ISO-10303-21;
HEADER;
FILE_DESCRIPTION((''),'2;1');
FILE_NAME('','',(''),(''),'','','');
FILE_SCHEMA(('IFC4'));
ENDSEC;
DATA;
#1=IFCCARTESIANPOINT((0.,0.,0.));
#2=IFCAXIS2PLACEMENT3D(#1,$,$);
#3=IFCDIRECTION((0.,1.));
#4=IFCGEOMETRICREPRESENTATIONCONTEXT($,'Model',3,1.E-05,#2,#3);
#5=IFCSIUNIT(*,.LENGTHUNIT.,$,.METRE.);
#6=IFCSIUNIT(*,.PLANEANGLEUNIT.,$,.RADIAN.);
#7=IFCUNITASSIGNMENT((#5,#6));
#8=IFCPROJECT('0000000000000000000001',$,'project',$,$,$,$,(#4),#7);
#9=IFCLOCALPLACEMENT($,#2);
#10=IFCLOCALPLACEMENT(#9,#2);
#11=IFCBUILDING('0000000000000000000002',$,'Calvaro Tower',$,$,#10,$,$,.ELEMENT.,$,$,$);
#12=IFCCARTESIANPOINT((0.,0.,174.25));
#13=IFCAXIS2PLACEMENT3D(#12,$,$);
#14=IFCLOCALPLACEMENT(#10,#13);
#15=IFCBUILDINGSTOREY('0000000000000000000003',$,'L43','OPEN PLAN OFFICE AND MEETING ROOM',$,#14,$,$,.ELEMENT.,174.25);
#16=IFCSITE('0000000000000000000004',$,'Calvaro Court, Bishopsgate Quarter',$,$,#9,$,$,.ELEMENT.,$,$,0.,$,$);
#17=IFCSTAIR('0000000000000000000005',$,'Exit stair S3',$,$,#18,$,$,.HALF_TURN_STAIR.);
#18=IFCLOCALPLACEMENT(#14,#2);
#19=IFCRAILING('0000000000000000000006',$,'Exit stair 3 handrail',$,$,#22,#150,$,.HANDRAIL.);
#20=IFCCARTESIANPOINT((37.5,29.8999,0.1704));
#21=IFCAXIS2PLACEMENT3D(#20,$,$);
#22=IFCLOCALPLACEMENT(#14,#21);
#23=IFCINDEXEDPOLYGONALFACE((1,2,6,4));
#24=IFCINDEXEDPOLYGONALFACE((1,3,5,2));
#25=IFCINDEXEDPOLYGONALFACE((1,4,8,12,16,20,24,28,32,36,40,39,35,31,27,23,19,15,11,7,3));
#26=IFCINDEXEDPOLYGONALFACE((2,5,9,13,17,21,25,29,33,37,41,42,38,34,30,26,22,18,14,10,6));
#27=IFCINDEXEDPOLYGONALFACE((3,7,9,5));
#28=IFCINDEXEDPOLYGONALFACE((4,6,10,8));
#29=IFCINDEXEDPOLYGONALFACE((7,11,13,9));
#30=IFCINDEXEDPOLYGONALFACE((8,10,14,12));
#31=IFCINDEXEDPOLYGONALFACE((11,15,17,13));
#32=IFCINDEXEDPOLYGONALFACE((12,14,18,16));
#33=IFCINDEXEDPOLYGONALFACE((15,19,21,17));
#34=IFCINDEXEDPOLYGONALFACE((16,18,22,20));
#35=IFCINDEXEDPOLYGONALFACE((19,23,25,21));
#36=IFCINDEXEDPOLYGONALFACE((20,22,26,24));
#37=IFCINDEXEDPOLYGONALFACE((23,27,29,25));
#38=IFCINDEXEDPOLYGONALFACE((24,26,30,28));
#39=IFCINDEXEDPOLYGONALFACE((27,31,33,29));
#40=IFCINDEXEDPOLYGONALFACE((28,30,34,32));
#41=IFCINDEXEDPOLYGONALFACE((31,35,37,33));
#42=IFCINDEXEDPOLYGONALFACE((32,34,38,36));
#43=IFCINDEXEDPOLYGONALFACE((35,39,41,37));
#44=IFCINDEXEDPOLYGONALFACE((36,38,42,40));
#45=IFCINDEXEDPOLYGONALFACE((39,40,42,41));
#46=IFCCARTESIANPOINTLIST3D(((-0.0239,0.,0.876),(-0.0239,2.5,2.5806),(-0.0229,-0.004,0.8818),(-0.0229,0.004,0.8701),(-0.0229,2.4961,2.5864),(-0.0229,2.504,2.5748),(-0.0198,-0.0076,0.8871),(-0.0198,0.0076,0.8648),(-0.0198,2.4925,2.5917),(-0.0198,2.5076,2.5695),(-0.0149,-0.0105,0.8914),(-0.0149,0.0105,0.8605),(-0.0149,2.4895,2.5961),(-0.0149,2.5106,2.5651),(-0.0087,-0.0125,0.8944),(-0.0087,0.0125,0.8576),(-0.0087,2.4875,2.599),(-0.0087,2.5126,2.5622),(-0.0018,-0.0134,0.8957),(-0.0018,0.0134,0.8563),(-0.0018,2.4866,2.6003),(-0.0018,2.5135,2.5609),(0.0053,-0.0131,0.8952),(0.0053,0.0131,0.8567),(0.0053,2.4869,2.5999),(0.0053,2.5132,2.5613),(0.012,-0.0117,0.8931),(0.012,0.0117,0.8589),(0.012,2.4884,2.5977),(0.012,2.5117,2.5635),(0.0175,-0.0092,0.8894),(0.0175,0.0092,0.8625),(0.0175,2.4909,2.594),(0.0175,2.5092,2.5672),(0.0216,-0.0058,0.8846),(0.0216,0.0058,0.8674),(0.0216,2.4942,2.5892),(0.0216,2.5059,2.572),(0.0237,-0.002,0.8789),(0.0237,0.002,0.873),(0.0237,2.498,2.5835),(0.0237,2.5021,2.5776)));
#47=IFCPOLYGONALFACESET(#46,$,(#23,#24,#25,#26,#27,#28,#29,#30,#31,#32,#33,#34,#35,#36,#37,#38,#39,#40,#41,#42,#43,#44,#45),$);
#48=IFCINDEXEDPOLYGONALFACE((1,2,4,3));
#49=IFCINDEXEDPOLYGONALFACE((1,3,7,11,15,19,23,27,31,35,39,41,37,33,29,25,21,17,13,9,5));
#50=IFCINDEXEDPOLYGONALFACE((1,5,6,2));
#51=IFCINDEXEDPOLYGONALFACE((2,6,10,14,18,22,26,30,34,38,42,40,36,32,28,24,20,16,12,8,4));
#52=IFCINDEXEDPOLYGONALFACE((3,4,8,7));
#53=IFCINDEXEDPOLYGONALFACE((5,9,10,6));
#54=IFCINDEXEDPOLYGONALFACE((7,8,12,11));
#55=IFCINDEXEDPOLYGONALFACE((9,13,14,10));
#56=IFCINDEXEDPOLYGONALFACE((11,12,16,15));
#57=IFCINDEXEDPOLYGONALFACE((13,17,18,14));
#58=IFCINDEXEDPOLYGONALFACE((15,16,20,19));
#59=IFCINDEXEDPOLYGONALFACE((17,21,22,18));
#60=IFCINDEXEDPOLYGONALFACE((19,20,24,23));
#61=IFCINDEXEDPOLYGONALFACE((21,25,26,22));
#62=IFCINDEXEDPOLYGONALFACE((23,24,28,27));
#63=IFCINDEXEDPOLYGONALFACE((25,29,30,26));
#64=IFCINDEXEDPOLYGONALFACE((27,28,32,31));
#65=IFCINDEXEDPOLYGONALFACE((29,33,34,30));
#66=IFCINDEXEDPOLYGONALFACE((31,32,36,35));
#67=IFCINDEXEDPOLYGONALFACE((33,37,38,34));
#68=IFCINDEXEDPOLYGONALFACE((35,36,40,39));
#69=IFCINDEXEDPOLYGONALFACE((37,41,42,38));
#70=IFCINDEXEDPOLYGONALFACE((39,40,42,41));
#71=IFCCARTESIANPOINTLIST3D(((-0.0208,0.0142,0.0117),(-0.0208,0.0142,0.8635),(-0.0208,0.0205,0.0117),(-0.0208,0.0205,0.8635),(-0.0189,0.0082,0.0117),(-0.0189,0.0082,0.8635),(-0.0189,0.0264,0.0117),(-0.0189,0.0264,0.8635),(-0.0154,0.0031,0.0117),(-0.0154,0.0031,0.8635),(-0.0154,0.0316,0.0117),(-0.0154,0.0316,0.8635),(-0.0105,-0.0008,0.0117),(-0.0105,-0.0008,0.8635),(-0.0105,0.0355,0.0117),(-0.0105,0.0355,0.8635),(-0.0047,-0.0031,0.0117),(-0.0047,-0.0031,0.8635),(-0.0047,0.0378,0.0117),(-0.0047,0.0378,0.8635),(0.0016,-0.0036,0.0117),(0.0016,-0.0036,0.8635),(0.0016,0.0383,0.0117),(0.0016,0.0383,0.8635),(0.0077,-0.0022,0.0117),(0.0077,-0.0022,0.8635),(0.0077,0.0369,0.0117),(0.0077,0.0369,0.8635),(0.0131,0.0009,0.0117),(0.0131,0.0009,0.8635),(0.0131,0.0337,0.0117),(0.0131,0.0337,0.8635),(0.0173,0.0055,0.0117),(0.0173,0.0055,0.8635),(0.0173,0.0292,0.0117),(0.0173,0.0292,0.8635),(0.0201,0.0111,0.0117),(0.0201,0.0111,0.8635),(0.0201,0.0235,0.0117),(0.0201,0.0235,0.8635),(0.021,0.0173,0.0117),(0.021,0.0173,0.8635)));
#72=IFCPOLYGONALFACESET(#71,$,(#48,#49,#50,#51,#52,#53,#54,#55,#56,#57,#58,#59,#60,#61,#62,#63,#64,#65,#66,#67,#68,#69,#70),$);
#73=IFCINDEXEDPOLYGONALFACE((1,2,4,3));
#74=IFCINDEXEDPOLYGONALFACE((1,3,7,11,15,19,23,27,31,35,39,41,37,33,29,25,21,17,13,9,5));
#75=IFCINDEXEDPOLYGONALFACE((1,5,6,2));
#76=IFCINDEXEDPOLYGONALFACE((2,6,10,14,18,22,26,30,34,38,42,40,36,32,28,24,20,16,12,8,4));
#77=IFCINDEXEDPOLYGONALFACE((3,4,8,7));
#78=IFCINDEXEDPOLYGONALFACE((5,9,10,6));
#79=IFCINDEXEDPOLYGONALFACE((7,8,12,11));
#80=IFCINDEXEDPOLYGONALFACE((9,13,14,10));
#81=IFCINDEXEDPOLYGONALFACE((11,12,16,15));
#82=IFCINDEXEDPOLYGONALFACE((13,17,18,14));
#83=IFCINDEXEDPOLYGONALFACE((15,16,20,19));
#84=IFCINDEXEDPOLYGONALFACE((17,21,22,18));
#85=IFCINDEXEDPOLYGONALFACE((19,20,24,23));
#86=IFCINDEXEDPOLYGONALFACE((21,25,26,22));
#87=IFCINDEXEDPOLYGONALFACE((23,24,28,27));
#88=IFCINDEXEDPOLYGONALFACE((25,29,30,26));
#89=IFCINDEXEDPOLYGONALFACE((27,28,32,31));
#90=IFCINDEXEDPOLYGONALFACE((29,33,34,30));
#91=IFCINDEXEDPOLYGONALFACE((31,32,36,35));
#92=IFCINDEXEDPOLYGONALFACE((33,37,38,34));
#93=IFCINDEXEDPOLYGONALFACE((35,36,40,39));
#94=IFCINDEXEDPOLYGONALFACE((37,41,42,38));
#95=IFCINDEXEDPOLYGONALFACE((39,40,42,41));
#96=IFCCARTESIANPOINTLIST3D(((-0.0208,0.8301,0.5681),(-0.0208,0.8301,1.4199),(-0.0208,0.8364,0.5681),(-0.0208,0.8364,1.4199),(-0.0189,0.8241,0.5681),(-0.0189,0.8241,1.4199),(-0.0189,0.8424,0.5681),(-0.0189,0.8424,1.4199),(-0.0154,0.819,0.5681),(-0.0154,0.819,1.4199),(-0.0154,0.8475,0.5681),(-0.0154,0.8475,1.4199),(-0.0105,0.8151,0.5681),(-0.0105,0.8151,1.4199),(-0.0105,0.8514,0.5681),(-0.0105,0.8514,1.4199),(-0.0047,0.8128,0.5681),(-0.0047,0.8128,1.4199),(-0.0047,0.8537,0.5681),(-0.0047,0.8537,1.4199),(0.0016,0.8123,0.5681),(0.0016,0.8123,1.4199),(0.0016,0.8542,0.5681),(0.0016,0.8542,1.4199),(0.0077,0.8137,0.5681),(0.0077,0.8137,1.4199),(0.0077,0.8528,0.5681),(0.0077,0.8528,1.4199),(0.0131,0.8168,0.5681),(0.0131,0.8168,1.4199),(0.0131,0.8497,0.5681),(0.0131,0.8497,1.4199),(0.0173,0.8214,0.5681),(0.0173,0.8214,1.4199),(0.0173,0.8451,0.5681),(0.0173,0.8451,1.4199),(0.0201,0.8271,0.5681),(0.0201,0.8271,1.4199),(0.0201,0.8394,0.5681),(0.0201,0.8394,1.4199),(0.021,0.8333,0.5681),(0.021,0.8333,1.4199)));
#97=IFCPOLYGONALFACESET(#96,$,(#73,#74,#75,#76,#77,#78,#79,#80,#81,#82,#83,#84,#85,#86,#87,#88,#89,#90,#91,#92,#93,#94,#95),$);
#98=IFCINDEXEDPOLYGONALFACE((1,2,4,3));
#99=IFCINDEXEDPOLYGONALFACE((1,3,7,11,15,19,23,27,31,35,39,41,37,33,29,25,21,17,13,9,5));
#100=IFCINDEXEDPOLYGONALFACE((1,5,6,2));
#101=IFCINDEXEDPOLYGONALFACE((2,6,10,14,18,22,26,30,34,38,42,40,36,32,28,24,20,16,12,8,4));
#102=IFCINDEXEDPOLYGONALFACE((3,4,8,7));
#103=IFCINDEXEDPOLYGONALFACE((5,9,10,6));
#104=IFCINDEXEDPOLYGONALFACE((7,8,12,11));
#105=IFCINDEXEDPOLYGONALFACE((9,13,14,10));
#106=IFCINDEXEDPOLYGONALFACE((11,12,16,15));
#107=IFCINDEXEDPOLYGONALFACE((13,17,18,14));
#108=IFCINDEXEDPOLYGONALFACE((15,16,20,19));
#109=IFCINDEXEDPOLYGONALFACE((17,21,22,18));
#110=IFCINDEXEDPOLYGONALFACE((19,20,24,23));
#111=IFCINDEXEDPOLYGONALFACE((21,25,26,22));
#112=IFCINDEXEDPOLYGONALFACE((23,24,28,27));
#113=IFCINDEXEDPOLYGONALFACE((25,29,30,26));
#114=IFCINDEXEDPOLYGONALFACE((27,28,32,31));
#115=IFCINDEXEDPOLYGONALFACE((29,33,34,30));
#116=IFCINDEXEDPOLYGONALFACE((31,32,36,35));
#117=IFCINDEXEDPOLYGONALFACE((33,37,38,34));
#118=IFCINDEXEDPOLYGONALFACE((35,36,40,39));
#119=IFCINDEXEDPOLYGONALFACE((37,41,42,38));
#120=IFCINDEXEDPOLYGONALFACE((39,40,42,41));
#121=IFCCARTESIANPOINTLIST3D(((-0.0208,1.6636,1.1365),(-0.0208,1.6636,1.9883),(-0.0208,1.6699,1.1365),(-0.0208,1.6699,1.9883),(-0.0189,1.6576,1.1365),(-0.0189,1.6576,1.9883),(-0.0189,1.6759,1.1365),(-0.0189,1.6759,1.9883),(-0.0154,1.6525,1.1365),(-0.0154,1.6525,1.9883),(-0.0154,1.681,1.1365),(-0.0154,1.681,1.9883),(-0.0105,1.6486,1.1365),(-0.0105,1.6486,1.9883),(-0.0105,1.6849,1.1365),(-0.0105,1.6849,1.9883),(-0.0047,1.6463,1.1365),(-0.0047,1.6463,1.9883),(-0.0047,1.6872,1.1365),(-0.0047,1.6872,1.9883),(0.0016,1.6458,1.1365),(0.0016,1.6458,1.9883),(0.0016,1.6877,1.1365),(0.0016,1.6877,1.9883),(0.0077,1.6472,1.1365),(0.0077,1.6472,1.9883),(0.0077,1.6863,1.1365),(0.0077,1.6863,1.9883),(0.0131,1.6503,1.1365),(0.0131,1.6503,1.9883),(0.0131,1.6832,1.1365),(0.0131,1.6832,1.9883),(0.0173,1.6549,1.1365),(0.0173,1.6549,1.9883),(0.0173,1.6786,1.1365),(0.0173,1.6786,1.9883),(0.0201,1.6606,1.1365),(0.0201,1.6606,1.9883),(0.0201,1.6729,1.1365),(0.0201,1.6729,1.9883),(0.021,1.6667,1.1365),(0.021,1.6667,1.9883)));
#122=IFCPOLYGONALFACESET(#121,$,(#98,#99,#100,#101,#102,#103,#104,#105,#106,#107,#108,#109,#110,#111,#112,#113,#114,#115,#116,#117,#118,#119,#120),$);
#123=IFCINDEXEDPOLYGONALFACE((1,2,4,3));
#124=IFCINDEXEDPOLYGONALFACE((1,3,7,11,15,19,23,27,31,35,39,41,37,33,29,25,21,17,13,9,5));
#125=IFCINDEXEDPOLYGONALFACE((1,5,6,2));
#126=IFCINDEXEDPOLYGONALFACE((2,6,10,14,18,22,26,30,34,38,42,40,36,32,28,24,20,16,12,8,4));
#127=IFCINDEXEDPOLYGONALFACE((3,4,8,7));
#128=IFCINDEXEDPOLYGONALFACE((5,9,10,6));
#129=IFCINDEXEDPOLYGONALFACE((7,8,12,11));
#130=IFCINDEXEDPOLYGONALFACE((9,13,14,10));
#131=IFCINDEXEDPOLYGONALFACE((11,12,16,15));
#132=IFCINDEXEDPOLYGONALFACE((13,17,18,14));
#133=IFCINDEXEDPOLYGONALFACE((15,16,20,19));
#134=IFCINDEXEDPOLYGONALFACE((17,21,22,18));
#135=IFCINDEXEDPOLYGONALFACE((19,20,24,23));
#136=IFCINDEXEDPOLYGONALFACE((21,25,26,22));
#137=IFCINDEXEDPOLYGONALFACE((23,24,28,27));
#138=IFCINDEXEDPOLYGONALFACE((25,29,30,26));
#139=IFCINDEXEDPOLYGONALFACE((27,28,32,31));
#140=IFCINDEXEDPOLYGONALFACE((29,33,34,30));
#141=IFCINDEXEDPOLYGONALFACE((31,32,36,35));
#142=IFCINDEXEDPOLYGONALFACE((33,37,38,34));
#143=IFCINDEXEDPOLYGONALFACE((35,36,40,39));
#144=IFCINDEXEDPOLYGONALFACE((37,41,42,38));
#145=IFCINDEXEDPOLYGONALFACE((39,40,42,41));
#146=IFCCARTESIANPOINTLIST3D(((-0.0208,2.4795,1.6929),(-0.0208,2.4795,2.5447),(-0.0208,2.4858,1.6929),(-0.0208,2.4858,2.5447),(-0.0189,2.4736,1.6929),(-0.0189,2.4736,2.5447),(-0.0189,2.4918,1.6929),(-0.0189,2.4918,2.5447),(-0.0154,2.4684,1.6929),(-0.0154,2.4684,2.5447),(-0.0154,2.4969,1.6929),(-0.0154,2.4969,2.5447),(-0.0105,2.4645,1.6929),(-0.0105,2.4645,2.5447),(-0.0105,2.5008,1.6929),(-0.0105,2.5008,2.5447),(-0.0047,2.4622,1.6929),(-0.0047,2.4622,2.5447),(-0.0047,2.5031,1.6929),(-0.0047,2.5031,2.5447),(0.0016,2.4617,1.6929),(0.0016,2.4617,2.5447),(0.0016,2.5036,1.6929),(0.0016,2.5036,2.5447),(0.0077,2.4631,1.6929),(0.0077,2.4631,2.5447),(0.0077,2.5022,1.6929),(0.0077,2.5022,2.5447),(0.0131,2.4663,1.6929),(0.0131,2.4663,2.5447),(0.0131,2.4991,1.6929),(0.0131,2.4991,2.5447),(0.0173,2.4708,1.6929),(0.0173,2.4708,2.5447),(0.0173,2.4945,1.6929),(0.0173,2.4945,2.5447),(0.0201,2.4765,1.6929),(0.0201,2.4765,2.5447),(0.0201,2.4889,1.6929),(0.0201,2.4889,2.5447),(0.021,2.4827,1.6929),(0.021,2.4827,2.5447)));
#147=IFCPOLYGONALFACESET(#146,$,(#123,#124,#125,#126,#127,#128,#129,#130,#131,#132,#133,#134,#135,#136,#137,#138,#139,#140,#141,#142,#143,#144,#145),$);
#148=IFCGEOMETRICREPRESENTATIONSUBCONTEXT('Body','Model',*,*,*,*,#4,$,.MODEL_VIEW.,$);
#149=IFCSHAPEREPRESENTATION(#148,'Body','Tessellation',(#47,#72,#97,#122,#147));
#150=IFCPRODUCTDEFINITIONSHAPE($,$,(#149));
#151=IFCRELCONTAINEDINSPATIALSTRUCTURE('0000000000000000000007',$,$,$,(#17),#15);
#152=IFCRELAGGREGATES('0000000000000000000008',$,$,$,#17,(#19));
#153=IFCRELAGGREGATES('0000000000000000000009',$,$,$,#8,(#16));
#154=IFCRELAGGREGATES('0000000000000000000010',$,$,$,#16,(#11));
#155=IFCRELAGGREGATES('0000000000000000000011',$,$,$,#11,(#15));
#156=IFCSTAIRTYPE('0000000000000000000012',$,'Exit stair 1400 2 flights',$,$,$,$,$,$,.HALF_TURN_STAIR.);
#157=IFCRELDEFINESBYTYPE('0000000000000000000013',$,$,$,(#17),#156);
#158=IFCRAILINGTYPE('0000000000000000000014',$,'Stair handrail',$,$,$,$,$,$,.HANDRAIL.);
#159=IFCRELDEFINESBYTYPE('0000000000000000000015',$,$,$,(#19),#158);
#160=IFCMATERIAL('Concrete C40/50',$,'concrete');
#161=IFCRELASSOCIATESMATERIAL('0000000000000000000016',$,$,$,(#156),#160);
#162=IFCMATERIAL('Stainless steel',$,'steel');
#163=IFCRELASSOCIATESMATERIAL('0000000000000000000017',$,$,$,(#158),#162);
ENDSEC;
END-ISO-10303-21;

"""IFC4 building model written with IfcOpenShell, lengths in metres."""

from ifc_helpers import new_model, si_unit, direction, frame, origin, origin_2d, place, context, subcontext, project, spatial, circle, extrude, material, type_object, element, aggregate, save


model = new_model("IFC4")

# Units and contexts
model_context = context("Model", 3, precision=1e-05, world=origin(), true_north=direction((0.0, 1.0)))
body_context = subcontext(model_context, "Body", "Model", "MODEL_VIEW")
ifc_project = project(units=[si_unit("LENGTHUNIT", "METRE"), si_unit("PLANEANGLEUNIT", "RADIAN")], contexts=[model_context])

# Site, building, storey
site_placement = place(None, origin())
site = spatial("IfcSite", under=ifc_project, at=site_placement, Name="Calvaro Court, Bishopsgate Quarter", CompositionType="ELEMENT", RefElevation=0.0)
building_placement = place(site_placement, origin())
building = spatial("IfcBuilding", under=site, at=building_placement, Name="Calvaro Tower", CompositionType="ELEMENT")
storey_placement = place(building_placement, frame((0.0, 0.0, 174.25)))
storey = spatial("IfcBuildingStorey", under=building, at=storey_placement, Name="L43", Description="OPEN PLAN OFFICE AND MEETING ROOM", CompositionType="ELEMENT", Elevation=174.25)

# Stair, railing
ifc_material_1 = material(Name="Concrete C40/50", Category="concrete")
stair_type = type_object("IfcStairType", Name="Exit stair 1400 2 flights", PredefinedType="HALF_TURN_STAIR", material=ifc_material_1)
stair_placement = place(storey_placement, origin())
stair = element("IfcStair", 1, at=stair_placement, inside=storey, type_object=stair_type, Name="Exit stair S3", PredefinedType="HALF_TURN_STAIR")
ifc_material_2 = material(Name="Stainless steel", Category="steel")
railing_type = type_object("IfcRailingType", Name="Stair handrail", PredefinedType="HANDRAIL", material=ifc_material_2)
railing_1_placement = place(storey_placement, frame((37.5, 29.8999, 0.1704)))
railing_1 = element("IfcRailing", 2, at=railing_1_placement, type_object=railing_type, Name="Exit stair 3 handrail", PredefinedType="HANDRAIL", context=body_context, shape_type="SweptSolid", body=[
    extrude(circle(Radius=0.0239, at=origin_2d()), frame((0.0, 0.0, 0.876), z_axis=(0.0, 0.826221, 0.563347), x_axis=(-1.0, 0.0, 0.0)), (0.0, 0.0, 1.0), 3.0259),
    extrude(circle(Radius=0.021, at=origin_2d()), frame((0.0, 0.0173, 0.0117)), (0.0, 0.0, 1.0), 0.8518),
    extrude(circle(Radius=0.021, at=origin_2d()), frame((0.0, 0.8333, 0.5681)), (0.0, 0.0, 1.0), 0.8518),
    extrude(circle(Radius=0.021, at=origin_2d()), frame((0.0, 1.6667, 1.1365)), (0.0, 0.0, 1.0), 0.8518),
    extrude(circle(Radius=0.021, at=origin_2d()), frame((0.0, 2.4827, 1.6929)), (0.0, 0.0, 1.0), 0.8518),
])
aggregate(stair, [railing_1])

save(model, "model.ifc")
